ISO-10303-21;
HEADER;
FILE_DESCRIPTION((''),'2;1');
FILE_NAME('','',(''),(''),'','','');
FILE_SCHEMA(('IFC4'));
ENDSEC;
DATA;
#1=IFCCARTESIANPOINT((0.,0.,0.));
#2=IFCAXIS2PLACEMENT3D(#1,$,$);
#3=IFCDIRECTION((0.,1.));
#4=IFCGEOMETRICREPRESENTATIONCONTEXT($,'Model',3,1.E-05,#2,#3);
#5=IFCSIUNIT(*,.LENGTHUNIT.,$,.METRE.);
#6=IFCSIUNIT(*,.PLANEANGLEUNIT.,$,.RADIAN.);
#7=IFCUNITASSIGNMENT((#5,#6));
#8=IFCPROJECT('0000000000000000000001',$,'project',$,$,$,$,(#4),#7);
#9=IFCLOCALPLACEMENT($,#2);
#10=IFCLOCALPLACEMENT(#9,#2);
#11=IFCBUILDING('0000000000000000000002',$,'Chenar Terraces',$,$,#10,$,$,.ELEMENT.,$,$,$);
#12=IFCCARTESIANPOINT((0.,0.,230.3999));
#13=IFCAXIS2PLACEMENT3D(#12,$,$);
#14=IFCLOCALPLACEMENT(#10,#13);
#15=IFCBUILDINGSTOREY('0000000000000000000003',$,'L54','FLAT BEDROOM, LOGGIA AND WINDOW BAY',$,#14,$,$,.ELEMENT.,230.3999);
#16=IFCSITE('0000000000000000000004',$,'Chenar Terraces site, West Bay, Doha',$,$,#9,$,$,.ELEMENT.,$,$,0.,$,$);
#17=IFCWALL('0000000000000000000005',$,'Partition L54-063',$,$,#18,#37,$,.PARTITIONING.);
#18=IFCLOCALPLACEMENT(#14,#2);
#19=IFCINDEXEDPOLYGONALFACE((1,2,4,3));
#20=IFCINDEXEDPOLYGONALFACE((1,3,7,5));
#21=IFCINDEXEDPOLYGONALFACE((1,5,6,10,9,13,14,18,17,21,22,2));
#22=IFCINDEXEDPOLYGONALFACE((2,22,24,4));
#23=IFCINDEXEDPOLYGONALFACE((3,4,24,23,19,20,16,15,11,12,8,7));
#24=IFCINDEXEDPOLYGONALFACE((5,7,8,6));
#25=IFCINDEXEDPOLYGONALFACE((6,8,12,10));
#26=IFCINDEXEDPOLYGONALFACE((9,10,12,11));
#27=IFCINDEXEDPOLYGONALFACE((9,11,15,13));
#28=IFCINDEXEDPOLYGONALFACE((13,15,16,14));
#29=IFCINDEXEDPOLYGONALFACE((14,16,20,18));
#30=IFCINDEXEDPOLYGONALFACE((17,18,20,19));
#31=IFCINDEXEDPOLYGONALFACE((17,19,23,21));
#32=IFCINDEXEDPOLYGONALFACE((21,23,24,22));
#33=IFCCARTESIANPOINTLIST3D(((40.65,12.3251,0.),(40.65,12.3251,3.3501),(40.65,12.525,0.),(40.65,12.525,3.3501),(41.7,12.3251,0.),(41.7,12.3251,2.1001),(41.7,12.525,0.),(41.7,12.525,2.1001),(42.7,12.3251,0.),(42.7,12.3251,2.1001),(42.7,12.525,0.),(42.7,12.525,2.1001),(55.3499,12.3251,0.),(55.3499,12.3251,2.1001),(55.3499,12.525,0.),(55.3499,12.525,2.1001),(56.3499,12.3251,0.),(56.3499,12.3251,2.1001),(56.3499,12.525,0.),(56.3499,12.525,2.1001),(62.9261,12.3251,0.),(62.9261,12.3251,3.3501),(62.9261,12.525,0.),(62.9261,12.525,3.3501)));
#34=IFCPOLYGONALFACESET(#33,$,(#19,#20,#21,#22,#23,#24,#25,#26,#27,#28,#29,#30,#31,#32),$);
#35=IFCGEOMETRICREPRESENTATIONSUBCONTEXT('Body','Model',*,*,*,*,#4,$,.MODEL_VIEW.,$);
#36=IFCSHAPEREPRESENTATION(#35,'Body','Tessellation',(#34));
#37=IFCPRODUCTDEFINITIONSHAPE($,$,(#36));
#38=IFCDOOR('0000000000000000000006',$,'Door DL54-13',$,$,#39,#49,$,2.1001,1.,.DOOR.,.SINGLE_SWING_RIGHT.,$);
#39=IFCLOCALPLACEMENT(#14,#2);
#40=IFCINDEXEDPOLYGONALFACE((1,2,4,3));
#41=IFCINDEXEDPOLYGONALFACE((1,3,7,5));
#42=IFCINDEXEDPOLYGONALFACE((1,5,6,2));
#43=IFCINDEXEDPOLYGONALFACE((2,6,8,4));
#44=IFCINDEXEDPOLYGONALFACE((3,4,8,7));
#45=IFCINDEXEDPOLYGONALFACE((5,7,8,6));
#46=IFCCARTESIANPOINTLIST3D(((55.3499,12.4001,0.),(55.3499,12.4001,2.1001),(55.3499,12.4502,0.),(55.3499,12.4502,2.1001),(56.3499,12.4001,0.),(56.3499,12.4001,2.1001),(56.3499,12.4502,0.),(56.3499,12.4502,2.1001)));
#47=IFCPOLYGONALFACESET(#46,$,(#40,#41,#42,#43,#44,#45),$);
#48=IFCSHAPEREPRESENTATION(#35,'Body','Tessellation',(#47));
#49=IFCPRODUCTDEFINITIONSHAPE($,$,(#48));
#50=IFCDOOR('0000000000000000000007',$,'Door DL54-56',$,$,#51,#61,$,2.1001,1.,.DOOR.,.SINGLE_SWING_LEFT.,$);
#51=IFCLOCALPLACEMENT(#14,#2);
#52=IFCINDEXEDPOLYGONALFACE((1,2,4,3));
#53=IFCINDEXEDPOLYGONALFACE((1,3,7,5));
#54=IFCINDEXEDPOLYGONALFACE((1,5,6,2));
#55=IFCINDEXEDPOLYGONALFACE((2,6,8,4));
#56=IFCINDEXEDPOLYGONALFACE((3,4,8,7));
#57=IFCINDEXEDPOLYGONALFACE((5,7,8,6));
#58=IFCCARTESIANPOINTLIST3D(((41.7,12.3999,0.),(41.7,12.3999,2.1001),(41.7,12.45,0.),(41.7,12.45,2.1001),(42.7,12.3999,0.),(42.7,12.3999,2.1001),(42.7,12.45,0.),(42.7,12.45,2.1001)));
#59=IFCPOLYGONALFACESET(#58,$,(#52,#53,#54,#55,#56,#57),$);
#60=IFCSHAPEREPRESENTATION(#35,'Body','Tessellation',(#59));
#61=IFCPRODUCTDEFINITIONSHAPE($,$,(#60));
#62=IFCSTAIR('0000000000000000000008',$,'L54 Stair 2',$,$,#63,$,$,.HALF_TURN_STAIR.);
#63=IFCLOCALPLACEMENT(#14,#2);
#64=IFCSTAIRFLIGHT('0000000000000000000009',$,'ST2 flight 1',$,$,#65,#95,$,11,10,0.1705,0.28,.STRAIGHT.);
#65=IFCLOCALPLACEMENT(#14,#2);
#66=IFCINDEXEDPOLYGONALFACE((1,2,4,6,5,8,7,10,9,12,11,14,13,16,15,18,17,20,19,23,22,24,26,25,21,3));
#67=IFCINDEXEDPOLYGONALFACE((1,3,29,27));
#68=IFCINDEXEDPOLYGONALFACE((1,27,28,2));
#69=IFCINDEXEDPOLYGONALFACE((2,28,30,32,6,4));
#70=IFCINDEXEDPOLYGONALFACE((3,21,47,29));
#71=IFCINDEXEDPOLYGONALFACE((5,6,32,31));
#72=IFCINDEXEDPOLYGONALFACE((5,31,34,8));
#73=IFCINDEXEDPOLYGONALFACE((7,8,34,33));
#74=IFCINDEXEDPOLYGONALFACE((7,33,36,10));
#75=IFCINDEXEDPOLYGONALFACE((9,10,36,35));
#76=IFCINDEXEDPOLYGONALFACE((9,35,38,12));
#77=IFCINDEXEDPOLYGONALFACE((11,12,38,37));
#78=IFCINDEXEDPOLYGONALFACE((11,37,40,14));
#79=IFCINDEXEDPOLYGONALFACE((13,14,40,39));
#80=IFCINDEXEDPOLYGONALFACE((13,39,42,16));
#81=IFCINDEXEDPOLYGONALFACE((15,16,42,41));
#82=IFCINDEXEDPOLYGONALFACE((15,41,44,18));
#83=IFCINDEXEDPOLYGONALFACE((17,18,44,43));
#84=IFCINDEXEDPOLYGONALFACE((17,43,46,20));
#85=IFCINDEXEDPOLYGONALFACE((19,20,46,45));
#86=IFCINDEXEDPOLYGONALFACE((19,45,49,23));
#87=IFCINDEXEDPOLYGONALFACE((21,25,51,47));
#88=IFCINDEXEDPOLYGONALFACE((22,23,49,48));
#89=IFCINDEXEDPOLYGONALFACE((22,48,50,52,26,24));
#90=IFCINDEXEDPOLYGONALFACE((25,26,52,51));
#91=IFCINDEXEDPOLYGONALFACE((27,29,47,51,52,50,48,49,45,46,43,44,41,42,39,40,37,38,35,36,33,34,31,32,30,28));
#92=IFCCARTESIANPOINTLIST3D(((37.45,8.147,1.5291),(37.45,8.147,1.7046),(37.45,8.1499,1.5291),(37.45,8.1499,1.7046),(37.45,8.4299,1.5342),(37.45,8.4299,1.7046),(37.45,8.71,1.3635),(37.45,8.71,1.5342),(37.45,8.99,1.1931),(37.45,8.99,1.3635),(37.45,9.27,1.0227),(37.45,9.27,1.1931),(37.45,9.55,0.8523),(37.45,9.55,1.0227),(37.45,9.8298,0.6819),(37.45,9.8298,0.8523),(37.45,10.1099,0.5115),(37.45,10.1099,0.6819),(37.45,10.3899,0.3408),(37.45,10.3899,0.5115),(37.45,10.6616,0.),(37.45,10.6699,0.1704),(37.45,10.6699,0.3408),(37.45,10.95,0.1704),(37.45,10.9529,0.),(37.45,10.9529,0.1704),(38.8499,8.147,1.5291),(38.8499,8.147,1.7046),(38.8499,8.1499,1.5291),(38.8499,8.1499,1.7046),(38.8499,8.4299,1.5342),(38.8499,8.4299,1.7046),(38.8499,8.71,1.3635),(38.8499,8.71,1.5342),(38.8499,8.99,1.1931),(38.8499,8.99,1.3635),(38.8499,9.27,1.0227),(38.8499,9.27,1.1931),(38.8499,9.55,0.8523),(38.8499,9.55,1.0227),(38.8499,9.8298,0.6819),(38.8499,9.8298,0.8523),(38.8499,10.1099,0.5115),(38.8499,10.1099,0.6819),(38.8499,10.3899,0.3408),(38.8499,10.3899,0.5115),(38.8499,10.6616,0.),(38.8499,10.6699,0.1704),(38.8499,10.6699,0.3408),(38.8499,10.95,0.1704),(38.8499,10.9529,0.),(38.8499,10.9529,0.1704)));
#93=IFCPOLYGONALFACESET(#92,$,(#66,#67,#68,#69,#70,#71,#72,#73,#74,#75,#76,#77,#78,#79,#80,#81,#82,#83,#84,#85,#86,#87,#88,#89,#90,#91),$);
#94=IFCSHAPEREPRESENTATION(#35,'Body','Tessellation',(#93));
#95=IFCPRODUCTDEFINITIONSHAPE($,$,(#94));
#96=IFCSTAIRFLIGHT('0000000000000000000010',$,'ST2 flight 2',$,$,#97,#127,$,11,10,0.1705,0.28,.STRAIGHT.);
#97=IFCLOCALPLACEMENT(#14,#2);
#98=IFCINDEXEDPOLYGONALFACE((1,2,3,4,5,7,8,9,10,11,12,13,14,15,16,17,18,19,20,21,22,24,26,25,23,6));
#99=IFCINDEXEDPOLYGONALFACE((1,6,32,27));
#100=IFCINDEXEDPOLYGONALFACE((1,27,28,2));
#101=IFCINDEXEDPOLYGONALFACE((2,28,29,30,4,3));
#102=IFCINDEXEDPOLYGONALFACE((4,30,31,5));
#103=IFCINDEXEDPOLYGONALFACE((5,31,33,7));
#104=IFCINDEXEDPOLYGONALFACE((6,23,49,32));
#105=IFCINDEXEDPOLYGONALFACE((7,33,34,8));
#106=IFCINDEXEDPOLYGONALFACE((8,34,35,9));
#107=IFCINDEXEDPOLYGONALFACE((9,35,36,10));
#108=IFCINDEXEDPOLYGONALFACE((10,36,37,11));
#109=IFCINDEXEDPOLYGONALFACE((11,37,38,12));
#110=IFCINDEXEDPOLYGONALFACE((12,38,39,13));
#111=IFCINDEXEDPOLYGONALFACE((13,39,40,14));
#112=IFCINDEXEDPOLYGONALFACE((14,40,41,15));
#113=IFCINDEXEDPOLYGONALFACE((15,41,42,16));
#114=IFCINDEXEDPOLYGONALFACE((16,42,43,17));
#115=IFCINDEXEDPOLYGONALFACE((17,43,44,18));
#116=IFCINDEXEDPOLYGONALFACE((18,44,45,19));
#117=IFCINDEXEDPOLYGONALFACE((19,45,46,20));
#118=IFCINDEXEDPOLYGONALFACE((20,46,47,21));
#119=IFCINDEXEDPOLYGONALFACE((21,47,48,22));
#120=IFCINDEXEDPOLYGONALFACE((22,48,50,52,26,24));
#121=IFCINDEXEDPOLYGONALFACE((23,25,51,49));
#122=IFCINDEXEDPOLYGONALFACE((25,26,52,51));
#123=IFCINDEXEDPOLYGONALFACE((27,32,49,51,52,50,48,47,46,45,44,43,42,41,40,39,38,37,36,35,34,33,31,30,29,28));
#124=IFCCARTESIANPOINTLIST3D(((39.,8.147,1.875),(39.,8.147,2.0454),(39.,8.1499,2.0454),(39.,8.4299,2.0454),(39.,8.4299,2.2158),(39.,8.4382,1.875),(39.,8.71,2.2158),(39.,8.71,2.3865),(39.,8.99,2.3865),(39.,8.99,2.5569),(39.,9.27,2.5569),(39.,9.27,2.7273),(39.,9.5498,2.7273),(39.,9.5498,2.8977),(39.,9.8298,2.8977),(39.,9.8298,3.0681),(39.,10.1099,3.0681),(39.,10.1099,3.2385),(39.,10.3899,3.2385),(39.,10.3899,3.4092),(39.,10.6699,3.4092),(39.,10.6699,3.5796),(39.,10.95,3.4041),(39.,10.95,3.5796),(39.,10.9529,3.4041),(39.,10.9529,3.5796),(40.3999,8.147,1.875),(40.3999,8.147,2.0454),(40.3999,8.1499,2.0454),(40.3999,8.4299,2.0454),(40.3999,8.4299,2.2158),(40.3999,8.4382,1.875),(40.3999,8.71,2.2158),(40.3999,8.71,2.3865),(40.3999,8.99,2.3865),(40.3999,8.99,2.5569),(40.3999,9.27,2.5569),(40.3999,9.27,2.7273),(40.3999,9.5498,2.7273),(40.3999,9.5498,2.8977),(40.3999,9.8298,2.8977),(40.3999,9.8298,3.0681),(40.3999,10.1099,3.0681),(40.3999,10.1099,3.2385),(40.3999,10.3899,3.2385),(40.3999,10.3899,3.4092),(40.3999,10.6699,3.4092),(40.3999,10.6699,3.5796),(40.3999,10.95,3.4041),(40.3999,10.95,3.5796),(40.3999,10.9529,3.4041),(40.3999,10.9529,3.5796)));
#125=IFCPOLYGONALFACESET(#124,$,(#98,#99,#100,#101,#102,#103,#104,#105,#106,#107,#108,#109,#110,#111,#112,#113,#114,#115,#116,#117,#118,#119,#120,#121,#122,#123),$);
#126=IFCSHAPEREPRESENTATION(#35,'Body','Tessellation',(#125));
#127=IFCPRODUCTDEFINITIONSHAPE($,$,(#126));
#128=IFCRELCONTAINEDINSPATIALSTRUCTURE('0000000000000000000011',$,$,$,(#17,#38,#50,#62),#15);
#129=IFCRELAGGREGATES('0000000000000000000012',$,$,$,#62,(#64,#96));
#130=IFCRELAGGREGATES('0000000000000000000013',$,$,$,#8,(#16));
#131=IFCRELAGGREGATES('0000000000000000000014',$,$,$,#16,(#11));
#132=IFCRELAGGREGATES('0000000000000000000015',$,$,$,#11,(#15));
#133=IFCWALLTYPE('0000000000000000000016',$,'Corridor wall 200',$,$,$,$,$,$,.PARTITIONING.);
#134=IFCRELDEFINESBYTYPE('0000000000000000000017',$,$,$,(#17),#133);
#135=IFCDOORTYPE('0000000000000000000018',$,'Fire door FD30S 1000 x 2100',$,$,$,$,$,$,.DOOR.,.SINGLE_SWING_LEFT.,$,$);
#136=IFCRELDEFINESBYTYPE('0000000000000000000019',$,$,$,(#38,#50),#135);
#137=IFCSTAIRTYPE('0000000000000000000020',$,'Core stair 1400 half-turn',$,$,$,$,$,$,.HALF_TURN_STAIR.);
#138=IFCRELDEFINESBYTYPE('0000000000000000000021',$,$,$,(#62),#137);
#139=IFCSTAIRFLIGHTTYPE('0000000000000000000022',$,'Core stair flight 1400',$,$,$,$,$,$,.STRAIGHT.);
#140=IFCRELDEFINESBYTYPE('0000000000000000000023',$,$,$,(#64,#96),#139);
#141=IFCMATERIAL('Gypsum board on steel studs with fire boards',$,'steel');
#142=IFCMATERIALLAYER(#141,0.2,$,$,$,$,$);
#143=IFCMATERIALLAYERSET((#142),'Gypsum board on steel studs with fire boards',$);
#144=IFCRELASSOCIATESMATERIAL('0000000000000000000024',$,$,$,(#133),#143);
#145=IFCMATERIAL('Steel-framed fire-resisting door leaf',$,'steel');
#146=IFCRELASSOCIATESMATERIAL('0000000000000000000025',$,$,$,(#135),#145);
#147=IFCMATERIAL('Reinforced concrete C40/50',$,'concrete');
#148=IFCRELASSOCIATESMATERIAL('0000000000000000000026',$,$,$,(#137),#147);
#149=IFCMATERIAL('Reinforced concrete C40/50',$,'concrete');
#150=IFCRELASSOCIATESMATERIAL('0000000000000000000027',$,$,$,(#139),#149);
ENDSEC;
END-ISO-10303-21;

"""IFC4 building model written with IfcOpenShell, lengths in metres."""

from ifc_helpers import new_model, si_unit, direction, frame, frame_2d, origin, place, context, subcontext, project, spatial, polyline, rectangle, outline, extrude, material, layer, layer_set, type_object, element, fill, aggregate, save


model = new_model("IFC4")

# Units and contexts
model_context = context("Model", 3, precision=1e-05, world=origin(), true_north=direction((0.0, 1.0)))
body_context = subcontext(model_context, "Body", "Model", "MODEL_VIEW")
ifc_project = project(units=[si_unit("LENGTHUNIT", "METRE"), si_unit("PLANEANGLEUNIT", "RADIAN")], contexts=[model_context])

# Site, building, storey
site_placement = place(None, origin())
site = spatial("IfcSite", under=ifc_project, at=site_placement, Name="Chenar Terraces site, West Bay, Doha", CompositionType="ELEMENT", RefElevation=0.0)
building_placement = place(site_placement, origin())
building = spatial("IfcBuilding", under=site, at=building_placement, Name="Chenar Terraces", CompositionType="ELEMENT")
storey_placement = place(building_placement, frame((0.0, 0.0, 230.3999)))
storey = spatial("IfcBuildingStorey", under=building, at=storey_placement, Name="L54", Description="FLAT BEDROOM, LOGGIA AND WINDOW BAY", CompositionType="ELEMENT", Elevation=230.3999)

# Shared definitions
ifc_material_1 = material(Name="Gypsum board on steel studs with fire boards", Category="steel")
ifc_layer_1 = layer(ifc_material_1, 0.2)
ifc_layer_set_1 = layer_set([ifc_layer_1], Name="Gypsum board on steel studs with fire boards")
wall_type_1 = type_object("IfcWallType", Name="Corridor wall 200", PredefinedType="PARTITIONING", material=ifc_layer_set_1)

# Wall, openings, doors
wall_1_placement = place(storey_placement, frame((40.6499, 12.425, 0.0), z_axis=(0.0, 0.0, 1.0), x_axis=(1.0, 0.0, 0.0)))
wall_1 = element("IfcWall", 1, at=wall_1_placement, inside=storey, type_object=wall_type_1, Name="Partition L54-063", PredefinedType="PARTITIONING", context=body_context, shape_type="SweptSolid", body=[
    extrude(rectangle(XDim=22.2761, YDim=0.2, at=frame_2d((11.1382, 0.0))), origin(), (0.0, 0.0, 1.0), 3.3501),
])
opening_1_placement = place(wall_1_placement, frame((14.7, 0.0, 0.0)))
opening_1 = element("IfcOpeningElement", 2, at=opening_1_placement, cuts=wall_1, PredefinedType="OPENING", context=body_context, shape_type="SweptSolid", body=[
    extrude(rectangle(XDim=1.0, YDim=2.1001, at=frame_2d((0.5, 1.05))), frame((0.0, 0.1099, 0.0), z_axis=(0.0, -1.0, 0.0), x_axis=(1.0, 0.0, 0.0)), (0.0, 0.0, 1.0), 0.22),
])
opening_2_placement = place(wall_1_placement, frame((1.05, 0.0, 0.0)))
opening_2 = element("IfcOpeningElement", 3, at=opening_2_placement, cuts=wall_1, PredefinedType="OPENING", context=body_context, shape_type="SweptSolid", body=[
    extrude(rectangle(XDim=1.0, YDim=2.1001, at=frame_2d((0.5, 1.05))), frame((0.0, 0.1099, 0.0), z_axis=(0.0, -1.0, 0.0), x_axis=(1.0, 0.0, 0.0)), (0.0, 0.0, 1.0), 0.22),
])
ifc_material_2 = material(Name="Steel-framed fire-resisting door leaf", Category="steel")
door_type_1 = type_object("IfcDoorType", Name="Fire door FD30S 1000 x 2100", OperationType="SINGLE_SWING_LEFT", PredefinedType="DOOR", material=ifc_material_2)
door_1_placement = place(opening_1_placement, frame((1.0, 0.0, 0.0), z_axis=(0.0, 0.0, 1.0), x_axis=(-1.0, 0.0, 0.0)))
door_1 = element("IfcDoor", 4, at=door_1_placement, inside=storey, type_object=door_type_1, Name="Door DL54-13", OperationType="SINGLE_SWING_RIGHT", OverallHeight=2.1001, OverallWidth=1.0, PredefinedType="DOOR", context=body_context, shape_type="SweptSolid", body=[
    extrude(rectangle(XDim=1.0, YDim=2.1001, at=frame_2d((0.5, 1.05))), frame((0.0, 0.0249, 0.0), z_axis=(0.0, -1.0, 0.0), x_axis=(1.0, 0.0, 0.0)), (0.0, 0.0, 1.0), 0.05),
])
fill(opening_1, door_1)
door_2_placement = place(opening_2_placement, origin())
door_2 = element("IfcDoor", 5, at=door_2_placement, inside=storey, type_object=door_type_1, Name="Door DL54-56", OperationType="SINGLE_SWING_LEFT", OverallHeight=2.1001, OverallWidth=1.0, PredefinedType="DOOR", context=body_context, shape_type="SweptSolid", body=[
    extrude(rectangle(XDim=1.0, YDim=2.1001, at=frame_2d((0.5, 1.05))), frame((0.0, 0.0249, 0.0), z_axis=(0.0, -1.0, 0.0), x_axis=(1.0, 0.0, 0.0)), (0.0, 0.0, 1.0), 0.05),
])
fill(opening_2, door_2)

# Stair, stair flights
ifc_material_3 = material(Name="Reinforced concrete C40/50", Category="concrete")
stair_type = type_object("IfcStairType", Name="Core stair 1400 half-turn", PredefinedType="HALF_TURN_STAIR", material=ifc_material_3)
stair_placement = place(storey_placement, origin())
stair = element("IfcStair", 6, at=stair_placement, inside=storey, type_object=stair_type, Name="L54 Stair 2", PredefinedType="HALF_TURN_STAIR")
ifc_material_4 = material(Name="Reinforced concrete C40/50", Category="concrete")
stair_flight_type = type_object("IfcStairFlightType", Name="Core stair flight 1400", PredefinedType="STRAIGHT", material=ifc_material_4)
stair_flight_1_placement = place(storey_placement, frame((38.1499, 10.95, 0.0), z_axis=(0.0, 0.0, 1.0), x_axis=(0.0, -1.0, 0.0)))
stair_flight_1 = element("IfcStairFlight", 7, at=stair_flight_1_placement, type_object=stair_flight_type, Name="ST2 flight 1", NumberOfRisers=11, NumberOfTreads=10, PredefinedType="STRAIGHT", RiserHeight=0.1705, TreadLength=0.28, context=body_context, shape_type="SweptSolid", body=[
    extrude(outline(polyline([(-0.0029, 0.0), (-0.0029, 0.1704), (0.0, 0.1704), (0.28, 0.1704), (0.28, 0.3408), (0.5601, 0.3408), (0.5601, 0.5115), (0.8401, 0.5115), (0.8401, 0.6819), (1.1201, 0.6819), (1.1201, 0.8523), (1.3999, 0.8523), (1.3999, 1.0227), (1.6799, 1.0227), (1.6799, 1.1931), (1.96, 1.1931), (1.96, 1.3635), (2.24, 1.3635), (2.24, 1.5342), (2.52, 1.5342), (2.52, 1.7046), (2.8, 1.7046), (2.803, 1.7046), (2.803, 1.5291), (2.8, 1.5291), (0.2883, 0.0), (-0.0029, 0.0)])), frame((0.0, 0.7, 0.0), z_axis=(0.0, -1.0, 0.0), x_axis=(1.0, 0.0, 0.0)), (0.0, 0.0, 1.0), 1.3999),
])
stair_flight_2_placement = place(storey_placement, frame((39.7, 8.1499, 1.875), z_axis=(0.0, 0.0, 1.0), x_axis=(0.0, 1.0, 0.0)))
stair_flight_2 = element("IfcStairFlight", 8, at=stair_flight_2_placement, type_object=stair_flight_type, Name="ST2 flight 2", NumberOfRisers=11, NumberOfTreads=10, PredefinedType="STRAIGHT", RiserHeight=0.1705, TreadLength=0.28, context=body_context, shape_type="SweptSolid", body=[
    extrude(outline(polyline([(-0.0029, 0.0), (-0.0029, 0.1704), (0.0, 0.1704), (0.28, 0.1704), (0.28, 0.3408), (0.5601, 0.3408), (0.5601, 0.5115), (0.8401, 0.5115), (0.8401, 0.6819), (1.1201, 0.6819), (1.1201, 0.8523), (1.3999, 0.8523), (1.3999, 1.0227), (1.6799, 1.0227), (1.6799, 1.1931), (1.96, 1.1931), (1.96, 1.3635), (2.24, 1.3635), (2.24, 1.5342), (2.52, 1.5342), (2.52, 1.7046), (2.8, 1.7046), (2.803, 1.7046), (2.803, 1.5291), (2.8, 1.5291), (0.2883, 0.0), (-0.0029, 0.0)])), frame((0.0, 0.7, 0.0), z_axis=(0.0, -1.0, 0.0), x_axis=(1.0, 0.0, 0.0)), (0.0, 0.0, 1.0), 1.3999),
])
aggregate(stair, [stair_flight_1, stair_flight_2])

save(model, "model.ifc")
